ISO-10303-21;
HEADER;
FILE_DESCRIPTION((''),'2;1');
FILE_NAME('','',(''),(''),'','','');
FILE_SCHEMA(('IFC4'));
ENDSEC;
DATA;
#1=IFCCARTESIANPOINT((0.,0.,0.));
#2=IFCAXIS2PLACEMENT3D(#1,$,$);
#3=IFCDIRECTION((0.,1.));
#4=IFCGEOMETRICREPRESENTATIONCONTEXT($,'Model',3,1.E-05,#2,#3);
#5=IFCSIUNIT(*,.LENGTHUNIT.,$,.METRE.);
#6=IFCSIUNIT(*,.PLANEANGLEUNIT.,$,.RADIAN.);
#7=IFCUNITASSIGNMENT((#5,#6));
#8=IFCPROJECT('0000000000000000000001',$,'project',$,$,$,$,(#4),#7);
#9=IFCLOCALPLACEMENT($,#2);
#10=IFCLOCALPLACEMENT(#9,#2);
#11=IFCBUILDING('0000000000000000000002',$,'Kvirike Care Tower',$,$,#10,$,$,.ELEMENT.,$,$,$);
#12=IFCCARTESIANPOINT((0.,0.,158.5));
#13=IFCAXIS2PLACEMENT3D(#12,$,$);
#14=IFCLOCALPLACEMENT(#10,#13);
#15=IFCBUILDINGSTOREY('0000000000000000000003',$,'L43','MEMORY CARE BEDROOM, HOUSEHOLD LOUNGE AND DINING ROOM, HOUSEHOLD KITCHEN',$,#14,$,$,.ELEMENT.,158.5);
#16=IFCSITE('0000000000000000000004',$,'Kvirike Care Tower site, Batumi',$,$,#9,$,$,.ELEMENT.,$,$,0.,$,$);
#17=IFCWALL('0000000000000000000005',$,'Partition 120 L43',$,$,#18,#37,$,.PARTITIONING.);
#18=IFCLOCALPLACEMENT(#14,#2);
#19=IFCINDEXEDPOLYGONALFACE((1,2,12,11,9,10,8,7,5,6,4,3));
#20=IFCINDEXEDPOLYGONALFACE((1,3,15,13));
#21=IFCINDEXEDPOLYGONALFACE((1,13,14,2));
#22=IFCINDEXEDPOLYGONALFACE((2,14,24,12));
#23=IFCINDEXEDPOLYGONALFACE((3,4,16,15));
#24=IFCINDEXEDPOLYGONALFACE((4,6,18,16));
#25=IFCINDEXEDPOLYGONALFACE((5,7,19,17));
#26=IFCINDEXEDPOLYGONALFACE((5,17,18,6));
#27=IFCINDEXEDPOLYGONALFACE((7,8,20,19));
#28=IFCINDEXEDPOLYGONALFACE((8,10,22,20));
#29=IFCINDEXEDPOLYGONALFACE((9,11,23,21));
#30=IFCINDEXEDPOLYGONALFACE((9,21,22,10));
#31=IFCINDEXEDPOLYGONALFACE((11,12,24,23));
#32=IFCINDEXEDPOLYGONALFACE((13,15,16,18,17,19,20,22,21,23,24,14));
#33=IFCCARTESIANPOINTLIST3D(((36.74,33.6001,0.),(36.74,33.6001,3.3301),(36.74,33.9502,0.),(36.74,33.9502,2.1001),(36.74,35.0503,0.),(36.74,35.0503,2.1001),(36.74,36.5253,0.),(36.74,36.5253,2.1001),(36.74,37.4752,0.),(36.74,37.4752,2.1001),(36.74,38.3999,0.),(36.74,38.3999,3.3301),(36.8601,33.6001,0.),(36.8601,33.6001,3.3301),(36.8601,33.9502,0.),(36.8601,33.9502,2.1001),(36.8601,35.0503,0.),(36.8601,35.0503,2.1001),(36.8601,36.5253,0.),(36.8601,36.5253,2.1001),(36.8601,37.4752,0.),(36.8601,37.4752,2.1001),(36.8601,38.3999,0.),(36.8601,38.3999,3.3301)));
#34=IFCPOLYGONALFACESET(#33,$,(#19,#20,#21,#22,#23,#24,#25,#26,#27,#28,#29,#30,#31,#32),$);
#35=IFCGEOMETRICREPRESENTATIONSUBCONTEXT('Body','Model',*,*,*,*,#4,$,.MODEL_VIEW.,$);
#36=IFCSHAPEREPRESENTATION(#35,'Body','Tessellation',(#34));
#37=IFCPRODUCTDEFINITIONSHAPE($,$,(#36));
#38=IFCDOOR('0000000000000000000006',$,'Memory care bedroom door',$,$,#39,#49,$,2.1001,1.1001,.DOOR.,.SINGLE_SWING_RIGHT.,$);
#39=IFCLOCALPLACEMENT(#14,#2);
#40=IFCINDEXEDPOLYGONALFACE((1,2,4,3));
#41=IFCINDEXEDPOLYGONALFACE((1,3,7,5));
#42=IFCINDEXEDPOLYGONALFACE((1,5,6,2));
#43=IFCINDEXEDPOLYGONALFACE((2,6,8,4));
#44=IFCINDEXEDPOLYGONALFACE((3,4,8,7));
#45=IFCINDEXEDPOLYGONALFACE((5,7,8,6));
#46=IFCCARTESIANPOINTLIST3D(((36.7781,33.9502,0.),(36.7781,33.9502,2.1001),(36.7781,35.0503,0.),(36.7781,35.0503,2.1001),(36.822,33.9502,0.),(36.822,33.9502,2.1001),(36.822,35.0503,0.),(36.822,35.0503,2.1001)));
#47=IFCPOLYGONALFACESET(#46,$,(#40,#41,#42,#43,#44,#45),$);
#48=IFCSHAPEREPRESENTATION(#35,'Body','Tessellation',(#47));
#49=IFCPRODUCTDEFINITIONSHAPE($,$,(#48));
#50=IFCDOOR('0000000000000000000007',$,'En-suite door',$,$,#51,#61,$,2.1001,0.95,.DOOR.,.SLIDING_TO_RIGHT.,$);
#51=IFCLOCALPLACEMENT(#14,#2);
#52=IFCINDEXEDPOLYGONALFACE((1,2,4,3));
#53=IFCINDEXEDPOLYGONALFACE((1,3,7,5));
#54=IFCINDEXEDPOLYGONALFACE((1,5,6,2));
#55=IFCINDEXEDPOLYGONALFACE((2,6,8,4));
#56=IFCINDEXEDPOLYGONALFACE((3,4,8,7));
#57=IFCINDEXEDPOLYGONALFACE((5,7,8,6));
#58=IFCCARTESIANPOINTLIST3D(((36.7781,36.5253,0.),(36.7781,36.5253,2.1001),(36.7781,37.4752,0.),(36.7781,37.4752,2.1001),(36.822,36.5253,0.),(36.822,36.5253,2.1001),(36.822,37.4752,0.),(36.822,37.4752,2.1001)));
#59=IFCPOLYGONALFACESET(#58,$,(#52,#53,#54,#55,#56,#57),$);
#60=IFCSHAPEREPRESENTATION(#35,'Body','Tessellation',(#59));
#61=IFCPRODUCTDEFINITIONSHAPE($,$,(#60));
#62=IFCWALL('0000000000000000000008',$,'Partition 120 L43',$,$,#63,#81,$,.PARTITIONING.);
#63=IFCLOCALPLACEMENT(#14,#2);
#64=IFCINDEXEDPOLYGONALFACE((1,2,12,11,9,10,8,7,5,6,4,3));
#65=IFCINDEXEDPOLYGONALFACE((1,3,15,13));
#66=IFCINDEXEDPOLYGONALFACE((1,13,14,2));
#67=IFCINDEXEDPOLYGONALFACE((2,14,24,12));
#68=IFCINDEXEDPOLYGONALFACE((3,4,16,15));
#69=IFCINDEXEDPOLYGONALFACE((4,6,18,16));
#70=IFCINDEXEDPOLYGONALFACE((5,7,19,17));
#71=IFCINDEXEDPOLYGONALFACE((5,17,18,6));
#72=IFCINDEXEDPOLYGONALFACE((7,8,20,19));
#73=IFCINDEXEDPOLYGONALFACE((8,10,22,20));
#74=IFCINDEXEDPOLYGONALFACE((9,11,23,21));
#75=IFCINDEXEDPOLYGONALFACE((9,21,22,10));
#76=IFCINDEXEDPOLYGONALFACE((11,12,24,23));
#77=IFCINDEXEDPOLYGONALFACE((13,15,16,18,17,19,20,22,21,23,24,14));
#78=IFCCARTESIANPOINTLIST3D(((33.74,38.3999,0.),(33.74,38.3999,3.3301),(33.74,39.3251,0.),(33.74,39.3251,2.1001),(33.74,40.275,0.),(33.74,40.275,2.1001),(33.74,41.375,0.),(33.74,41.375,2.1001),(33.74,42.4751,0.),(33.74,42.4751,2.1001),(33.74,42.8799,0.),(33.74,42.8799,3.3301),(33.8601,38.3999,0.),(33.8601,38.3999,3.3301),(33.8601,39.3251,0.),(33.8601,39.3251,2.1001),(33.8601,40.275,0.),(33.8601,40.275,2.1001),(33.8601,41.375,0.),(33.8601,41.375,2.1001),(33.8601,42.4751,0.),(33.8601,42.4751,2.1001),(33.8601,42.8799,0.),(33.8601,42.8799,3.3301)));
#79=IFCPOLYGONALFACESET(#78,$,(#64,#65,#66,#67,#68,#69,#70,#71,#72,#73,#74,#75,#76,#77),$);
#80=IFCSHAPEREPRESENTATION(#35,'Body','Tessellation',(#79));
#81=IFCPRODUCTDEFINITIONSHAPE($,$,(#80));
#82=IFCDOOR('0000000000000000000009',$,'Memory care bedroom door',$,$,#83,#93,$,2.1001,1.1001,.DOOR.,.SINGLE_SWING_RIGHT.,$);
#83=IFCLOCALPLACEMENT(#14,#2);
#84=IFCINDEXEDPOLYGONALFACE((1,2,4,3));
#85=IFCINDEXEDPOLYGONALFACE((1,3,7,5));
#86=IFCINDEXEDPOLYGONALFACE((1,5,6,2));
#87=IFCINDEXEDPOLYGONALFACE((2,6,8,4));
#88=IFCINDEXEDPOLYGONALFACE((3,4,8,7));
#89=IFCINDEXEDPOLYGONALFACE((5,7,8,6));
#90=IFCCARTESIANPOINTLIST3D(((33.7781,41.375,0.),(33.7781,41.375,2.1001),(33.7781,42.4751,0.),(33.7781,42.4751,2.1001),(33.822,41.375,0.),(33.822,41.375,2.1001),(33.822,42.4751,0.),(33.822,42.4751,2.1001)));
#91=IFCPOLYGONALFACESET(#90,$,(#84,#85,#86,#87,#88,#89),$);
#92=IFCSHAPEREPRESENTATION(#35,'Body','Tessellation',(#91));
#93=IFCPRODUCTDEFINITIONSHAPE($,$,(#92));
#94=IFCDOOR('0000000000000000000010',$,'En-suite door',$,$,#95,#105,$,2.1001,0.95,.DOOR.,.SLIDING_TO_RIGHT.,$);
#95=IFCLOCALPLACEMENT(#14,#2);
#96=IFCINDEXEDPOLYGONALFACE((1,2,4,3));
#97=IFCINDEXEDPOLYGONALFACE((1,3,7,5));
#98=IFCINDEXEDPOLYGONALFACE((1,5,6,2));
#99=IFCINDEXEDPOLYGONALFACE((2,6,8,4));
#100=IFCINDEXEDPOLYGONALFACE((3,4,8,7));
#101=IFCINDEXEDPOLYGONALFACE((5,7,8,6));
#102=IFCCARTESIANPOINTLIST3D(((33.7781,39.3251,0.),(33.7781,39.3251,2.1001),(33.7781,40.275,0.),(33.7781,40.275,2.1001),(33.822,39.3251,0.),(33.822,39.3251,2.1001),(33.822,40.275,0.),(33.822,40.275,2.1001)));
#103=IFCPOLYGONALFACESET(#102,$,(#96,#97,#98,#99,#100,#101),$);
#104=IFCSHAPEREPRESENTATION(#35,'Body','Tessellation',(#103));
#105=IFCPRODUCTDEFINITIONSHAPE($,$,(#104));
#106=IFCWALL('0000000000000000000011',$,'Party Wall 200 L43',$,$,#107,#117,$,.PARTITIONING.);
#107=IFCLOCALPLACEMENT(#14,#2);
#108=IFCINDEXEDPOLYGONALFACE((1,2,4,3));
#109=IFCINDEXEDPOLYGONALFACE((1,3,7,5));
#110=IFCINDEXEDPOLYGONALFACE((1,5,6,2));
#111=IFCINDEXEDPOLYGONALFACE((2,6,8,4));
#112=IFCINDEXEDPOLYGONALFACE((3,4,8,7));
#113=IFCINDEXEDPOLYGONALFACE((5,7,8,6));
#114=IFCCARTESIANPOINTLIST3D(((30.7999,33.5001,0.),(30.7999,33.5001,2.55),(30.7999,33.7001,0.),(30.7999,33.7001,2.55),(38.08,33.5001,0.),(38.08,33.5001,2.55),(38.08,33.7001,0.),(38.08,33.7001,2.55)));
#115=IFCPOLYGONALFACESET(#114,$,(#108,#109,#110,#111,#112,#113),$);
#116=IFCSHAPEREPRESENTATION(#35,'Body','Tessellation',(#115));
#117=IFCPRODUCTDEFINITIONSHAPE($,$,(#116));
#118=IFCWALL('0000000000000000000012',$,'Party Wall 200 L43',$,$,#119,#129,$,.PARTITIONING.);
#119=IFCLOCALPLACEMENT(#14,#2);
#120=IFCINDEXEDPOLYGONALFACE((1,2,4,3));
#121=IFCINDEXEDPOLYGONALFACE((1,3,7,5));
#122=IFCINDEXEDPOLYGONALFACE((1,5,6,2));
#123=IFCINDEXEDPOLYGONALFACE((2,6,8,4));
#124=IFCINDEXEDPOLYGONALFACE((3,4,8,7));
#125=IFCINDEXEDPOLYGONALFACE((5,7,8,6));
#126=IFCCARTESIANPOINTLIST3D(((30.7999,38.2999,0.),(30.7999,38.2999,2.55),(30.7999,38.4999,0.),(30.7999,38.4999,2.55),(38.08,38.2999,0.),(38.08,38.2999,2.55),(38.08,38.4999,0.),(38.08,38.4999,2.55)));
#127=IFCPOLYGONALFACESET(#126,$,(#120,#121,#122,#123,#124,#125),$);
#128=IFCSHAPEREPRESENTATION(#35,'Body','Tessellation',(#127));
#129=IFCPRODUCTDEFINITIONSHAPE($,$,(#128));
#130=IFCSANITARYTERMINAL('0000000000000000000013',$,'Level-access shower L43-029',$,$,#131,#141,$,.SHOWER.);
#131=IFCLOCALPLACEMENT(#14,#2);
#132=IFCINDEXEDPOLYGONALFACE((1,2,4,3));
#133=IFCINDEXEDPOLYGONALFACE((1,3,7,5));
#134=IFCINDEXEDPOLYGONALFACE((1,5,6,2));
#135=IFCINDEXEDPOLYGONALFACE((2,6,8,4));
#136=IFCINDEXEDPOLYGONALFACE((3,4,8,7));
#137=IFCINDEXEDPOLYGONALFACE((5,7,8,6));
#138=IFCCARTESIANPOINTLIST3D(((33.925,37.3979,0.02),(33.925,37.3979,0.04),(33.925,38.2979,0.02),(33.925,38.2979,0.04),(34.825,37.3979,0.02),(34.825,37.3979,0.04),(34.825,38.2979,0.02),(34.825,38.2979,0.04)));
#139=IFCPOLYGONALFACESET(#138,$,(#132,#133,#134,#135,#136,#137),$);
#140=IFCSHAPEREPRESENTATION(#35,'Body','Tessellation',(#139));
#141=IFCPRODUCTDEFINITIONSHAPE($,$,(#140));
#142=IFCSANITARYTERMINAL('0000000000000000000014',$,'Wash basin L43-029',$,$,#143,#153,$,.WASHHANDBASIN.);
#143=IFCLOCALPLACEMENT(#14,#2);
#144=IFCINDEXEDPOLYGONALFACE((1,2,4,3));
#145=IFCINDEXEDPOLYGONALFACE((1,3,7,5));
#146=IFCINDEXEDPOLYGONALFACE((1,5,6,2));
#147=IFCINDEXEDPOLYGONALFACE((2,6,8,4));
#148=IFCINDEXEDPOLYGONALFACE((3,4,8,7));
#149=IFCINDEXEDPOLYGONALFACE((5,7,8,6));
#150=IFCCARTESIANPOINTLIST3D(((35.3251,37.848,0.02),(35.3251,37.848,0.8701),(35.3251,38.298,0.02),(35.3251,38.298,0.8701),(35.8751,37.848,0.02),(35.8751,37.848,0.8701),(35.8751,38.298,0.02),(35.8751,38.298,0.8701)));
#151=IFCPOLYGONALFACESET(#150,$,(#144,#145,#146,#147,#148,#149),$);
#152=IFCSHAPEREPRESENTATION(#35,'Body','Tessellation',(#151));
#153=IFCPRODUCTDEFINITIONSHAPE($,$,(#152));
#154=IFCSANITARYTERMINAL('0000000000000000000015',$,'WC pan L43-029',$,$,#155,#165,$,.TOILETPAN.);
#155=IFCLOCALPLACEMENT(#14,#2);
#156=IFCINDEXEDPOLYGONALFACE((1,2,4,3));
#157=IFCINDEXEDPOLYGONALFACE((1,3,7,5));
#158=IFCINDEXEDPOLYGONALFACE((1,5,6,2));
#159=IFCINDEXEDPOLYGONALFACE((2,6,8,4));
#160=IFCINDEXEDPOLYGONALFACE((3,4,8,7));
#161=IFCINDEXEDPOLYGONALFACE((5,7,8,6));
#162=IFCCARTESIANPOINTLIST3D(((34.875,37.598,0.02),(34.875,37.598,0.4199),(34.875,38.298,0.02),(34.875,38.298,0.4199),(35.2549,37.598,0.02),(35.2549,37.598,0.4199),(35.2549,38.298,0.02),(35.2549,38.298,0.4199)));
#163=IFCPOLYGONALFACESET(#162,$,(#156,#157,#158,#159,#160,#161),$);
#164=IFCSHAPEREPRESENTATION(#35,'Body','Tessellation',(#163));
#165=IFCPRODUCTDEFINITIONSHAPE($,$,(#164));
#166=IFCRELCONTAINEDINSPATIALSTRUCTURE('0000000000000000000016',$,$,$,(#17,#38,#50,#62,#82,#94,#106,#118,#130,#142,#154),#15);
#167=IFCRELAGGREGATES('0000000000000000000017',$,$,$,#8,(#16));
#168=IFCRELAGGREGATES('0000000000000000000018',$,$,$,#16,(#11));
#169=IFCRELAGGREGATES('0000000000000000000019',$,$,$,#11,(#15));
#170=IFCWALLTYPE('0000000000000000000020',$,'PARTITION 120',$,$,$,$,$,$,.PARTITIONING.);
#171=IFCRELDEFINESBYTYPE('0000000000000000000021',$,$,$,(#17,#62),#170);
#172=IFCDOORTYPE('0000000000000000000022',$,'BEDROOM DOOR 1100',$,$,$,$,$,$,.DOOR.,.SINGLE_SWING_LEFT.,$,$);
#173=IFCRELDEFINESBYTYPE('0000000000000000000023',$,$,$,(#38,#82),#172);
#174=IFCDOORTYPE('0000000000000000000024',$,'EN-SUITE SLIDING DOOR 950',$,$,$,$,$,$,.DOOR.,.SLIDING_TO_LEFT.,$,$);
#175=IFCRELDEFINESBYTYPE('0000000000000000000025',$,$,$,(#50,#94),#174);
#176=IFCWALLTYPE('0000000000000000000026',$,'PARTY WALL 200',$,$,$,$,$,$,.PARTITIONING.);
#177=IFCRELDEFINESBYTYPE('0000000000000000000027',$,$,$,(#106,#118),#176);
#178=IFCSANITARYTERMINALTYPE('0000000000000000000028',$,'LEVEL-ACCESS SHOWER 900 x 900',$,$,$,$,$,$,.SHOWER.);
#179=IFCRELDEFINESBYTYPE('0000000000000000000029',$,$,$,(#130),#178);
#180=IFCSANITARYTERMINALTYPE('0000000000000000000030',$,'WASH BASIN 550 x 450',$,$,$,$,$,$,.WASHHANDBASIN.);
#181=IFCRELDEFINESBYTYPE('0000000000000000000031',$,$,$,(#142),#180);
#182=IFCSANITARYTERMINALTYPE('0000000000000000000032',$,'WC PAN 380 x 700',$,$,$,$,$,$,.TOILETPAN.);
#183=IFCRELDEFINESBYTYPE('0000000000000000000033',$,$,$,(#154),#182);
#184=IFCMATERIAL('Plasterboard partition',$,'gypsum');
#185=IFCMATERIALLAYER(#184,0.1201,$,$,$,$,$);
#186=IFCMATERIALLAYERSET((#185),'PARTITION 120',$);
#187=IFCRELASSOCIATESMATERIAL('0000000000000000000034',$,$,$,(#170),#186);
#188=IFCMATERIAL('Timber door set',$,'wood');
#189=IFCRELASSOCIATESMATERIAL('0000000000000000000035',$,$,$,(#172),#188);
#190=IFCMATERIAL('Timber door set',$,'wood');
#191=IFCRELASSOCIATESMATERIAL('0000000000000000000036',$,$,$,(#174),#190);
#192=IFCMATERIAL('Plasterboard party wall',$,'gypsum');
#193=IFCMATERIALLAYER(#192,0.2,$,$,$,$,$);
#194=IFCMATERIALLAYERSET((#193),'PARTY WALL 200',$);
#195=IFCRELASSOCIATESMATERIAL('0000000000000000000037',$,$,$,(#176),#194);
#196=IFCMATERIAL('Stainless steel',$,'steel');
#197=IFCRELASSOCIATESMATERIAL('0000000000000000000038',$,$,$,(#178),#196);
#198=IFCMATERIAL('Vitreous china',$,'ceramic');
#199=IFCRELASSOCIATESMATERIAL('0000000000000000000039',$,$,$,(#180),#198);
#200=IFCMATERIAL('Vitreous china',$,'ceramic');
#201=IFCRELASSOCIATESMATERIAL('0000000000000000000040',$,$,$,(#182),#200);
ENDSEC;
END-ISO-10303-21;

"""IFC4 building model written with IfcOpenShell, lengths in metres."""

from ifc_helpers import new_model, si_unit, direction, frame, frame_2d, origin, origin_2d, place, context, subcontext, project, spatial, rectangle, extrude, material, layer, layer_set, type_object, element, fill, save


model = new_model("IFC4")

# Units and contexts
model_context = context("Model", 3, precision=1e-05, world=origin(), true_north=direction((0.0, 1.0)))
body_context = subcontext(model_context, "Body", "Model", "MODEL_VIEW")
ifc_project = project(units=[si_unit("LENGTHUNIT", "METRE"), si_unit("PLANEANGLEUNIT", "RADIAN")], contexts=[model_context])

# Site, building, storey
site_placement = place(None, origin())
site = spatial("IfcSite", under=ifc_project, at=site_placement, Name="Kvirike Care Tower site, Batumi", CompositionType="ELEMENT", RefElevation=0.0)
building_placement = place(site_placement, origin())
building = spatial("IfcBuilding", under=site, at=building_placement, Name="Kvirike Care Tower", CompositionType="ELEMENT")
storey_placement = place(building_placement, frame((0.0, 0.0, 158.5)))
storey = spatial("IfcBuildingStorey", under=building, at=storey_placement, Name="L43", Description="MEMORY CARE BEDROOM, HOUSEHOLD LOUNGE AND DINING ROOM, HOUSEHOLD KITCHEN", CompositionType="ELEMENT", Elevation=158.5)

# Walls, openings, doors
ifc_material_1 = material(Name="Plasterboard partition", Category="gypsum")
ifc_layer_1 = layer(ifc_material_1, 0.1201)
ifc_layer_set_1 = layer_set([ifc_layer_1], Name="PARTITION 120")
wall_type_1 = type_object("IfcWallType", Name="PARTITION 120", PredefinedType="PARTITIONING", material=ifc_layer_set_1)
wall_1_placement = place(storey_placement, frame((36.8, 33.6001, 0.0), z_axis=(0.0, 0.0, 1.0), x_axis=(0.0, 1.0, 0.0)))
wall_1 = element("IfcWall", 1, at=wall_1_placement, inside=storey, type_object=wall_type_1, Name="Partition 120 L43", PredefinedType="PARTITIONING", context=body_context, shape_type="SweptSolid", body=[
    extrude(rectangle(XDim=4.7998, YDim=0.1201, at=frame_2d((2.3999, 0.0))), origin(), (0.0, 0.0, 1.0), 3.3301),
])
opening_1_placement = place(wall_1_placement, frame((0.3501, 0.0, 0.0)))
opening_1 = element("IfcOpeningElement", 2, at=opening_1_placement, cuts=wall_1, PredefinedType="OPENING", context=body_context, shape_type="SweptSolid", body=[
    extrude(rectangle(XDim=1.1001, YDim=2.1001, at=frame_2d((0.55, 1.05))), frame((0.0, 0.0706, 0.0), z_axis=(0.0, -1.0, 0.0), x_axis=(1.0, 0.0, 0.0)), (0.0, 0.0, 1.0), 0.1411),
])
opening_2_placement = place(wall_1_placement, frame((2.925, 0.0, 0.0)))
opening_2 = element("IfcOpeningElement", 3, at=opening_2_placement, cuts=wall_1, PredefinedType="OPENING", context=body_context, shape_type="SweptSolid", body=[
    extrude(rectangle(XDim=0.95, YDim=2.1001, at=frame_2d((0.4751, 1.05))), frame((0.0, 0.0706, 0.0), z_axis=(0.0, -1.0, 0.0), x_axis=(1.0, 0.0, 0.0)), (0.0, 0.0, 1.0), 0.1411),
])
ifc_material_2 = material(Name="Timber door set", Category="wood")
door_type_1 = type_object("IfcDoorType", Name="BEDROOM DOOR 1100", OperationType="SINGLE_SWING_LEFT", PredefinedType="DOOR", material=ifc_material_2)
door_1_placement = place(opening_1_placement, origin())
door_1 = element("IfcDoor", 4, at=door_1_placement, inside=storey, type_object=door_type_1, Name="Memory care bedroom door", OperationType="SINGLE_SWING_RIGHT", OverallHeight=2.1001, OverallWidth=1.1001, PredefinedType="DOOR", context=body_context, shape_type="SweptSolid", body=[
    extrude(rectangle(XDim=1.1001, YDim=2.1001, at=frame_2d((0.55, 1.05))), frame((0.0, 0.022, 0.0), z_axis=(0.0, -1.0, 0.0), x_axis=(1.0, 0.0, 0.0)), (0.0, 0.0, 1.0), 0.0439),
])
fill(opening_1, door_1)
ifc_material_3 = material(Name="Timber door set", Category="wood")
door_type_2 = type_object("IfcDoorType", Name="EN-SUITE SLIDING DOOR 950", OperationType="SLIDING_TO_LEFT", PredefinedType="DOOR", material=ifc_material_3)
door_2_placement = place(opening_2_placement, origin())
door_2 = element("IfcDoor", 5, at=door_2_placement, inside=storey, type_object=door_type_2, Name="En-suite door", OperationType="SLIDING_TO_RIGHT", OverallHeight=2.1001, OverallWidth=0.95, PredefinedType="DOOR", context=body_context, shape_type="SweptSolid", body=[
    extrude(rectangle(XDim=0.95, YDim=2.1001, at=frame_2d((0.4751, 1.05))), frame((0.0, 0.022, 0.0), z_axis=(0.0, -1.0, 0.0), x_axis=(1.0, 0.0, 0.0)), (0.0, 0.0, 1.0), 0.0439),
])
fill(opening_2, door_2)
wall_2_placement = place(storey_placement, frame((33.8, 38.3999, 0.0), z_axis=(0.0, 0.0, 1.0), x_axis=(0.0, 1.0, 0.0)))
wall_2 = element("IfcWall", 6, at=wall_2_placement, inside=storey, type_object=wall_type_1, Name="Partition 120 L43", PredefinedType="PARTITIONING", context=body_context, shape_type="SweptSolid", body=[
    extrude(rectangle(XDim=4.48, YDim=0.1201, at=frame_2d((2.24, 0.0))), origin(), (0.0, 0.0, 1.0), 3.3301),
])
opening_3_placement = place(wall_2_placement, frame((2.9751, 0.0, 0.0)))
opening_3 = element("IfcOpeningElement", 7, at=opening_3_placement, cuts=wall_2, PredefinedType="OPENING", context=body_context, shape_type="SweptSolid", body=[
    extrude(rectangle(XDim=1.1001, YDim=2.1001, at=frame_2d((0.55, 1.05))), frame((0.0, 0.0706, 0.0), z_axis=(0.0, -1.0, 0.0), x_axis=(1.0, 0.0, 0.0)), (0.0, 0.0, 1.0), 0.1411),
])
opening_4_placement = place(wall_2_placement, frame((0.925, 0.0, 0.0)))
opening_4 = element("IfcOpeningElement", 8, at=opening_4_placement, cuts=wall_2, PredefinedType="OPENING", context=body_context, shape_type="SweptSolid", body=[
    extrude(rectangle(XDim=0.95, YDim=2.1001, at=frame_2d((0.4751, 1.05))), frame((0.0, 0.0706, 0.0), z_axis=(0.0, -1.0, 0.0), x_axis=(1.0, 0.0, 0.0)), (0.0, 0.0, 1.0), 0.1411),
])
door_3_placement = place(opening_3_placement, origin())
door_3 = element("IfcDoor", 9, at=door_3_placement, inside=storey, type_object=door_type_1, Name="Memory care bedroom door", OperationType="SINGLE_SWING_RIGHT", OverallHeight=2.1001, OverallWidth=1.1001, PredefinedType="DOOR", context=body_context, shape_type="SweptSolid", body=[
    extrude(rectangle(XDim=1.1001, YDim=2.1001, at=frame_2d((0.55, 1.05))), frame((0.0, 0.022, 0.0), z_axis=(0.0, -1.0, 0.0), x_axis=(1.0, 0.0, 0.0)), (0.0, 0.0, 1.0), 0.0439),
])
fill(opening_3, door_3)
door_4_placement = place(opening_4_placement, origin())
door_4 = element("IfcDoor", 10, at=door_4_placement, inside=storey, type_object=door_type_2, Name="En-suite door", OperationType="SLIDING_TO_RIGHT", OverallHeight=2.1001, OverallWidth=0.95, PredefinedType="DOOR", context=body_context, shape_type="SweptSolid", body=[
    extrude(rectangle(XDim=0.95, YDim=2.1001, at=frame_2d((0.4751, 1.05))), frame((0.0, 0.022, 0.0), z_axis=(0.0, -1.0, 0.0), x_axis=(1.0, 0.0, 0.0)), (0.0, 0.0, 1.0), 0.0439),
])
fill(opening_4, door_4)

# Walls
ifc_material_4 = material(Name="Plasterboard party wall", Category="gypsum")
ifc_layer_2 = layer(ifc_material_4, 0.2)
ifc_layer_set_2 = layer_set([ifc_layer_2], Name="PARTY WALL 200")
wall_type_2 = type_object("IfcWallType", Name="PARTY WALL 200", PredefinedType="PARTITIONING", material=ifc_layer_set_2)
for number, where, z_axis, x_axis, name in (
    (11, (38.0801, 33.6001, 0.0), (0.0, 0.0, 1.0), (-1.0, 0.0, 0.0), "Party Wall 200 L43"),
    (12, (38.0801, 38.3999, 0.0), (0.0, 0.0, 1.0), (-1.0, 0.0, 0.0), "Party Wall 200 L43"),
):
    element("IfcWall", number, at=place(storey_placement, frame(where, z_axis=z_axis, x_axis=x_axis)), inside=storey, type_object=wall_type_2, Name=name, PredefinedType="PARTITIONING", context=body_context, shape_type="SweptSolid", body=[
        extrude(rectangle(XDim=7.28, YDim=0.2, at=frame_2d((3.6401, 0.0))), origin(), (0.0, 0.0, 1.0), 2.55),
    ])

# Sanitary terminals
ifc_material_5 = material(Name="Stainless steel", Category="steel")
sanitary_terminal_type_1 = type_object("IfcSanitaryTerminalType", Name="LEVEL-ACCESS SHOWER 900 x 900", PredefinedType="SHOWER", material=ifc_material_5)
sanitary_terminal_1_placement = place(storey_placement, frame((34.375, 37.8479, 0.02), z_axis=(0.0, 0.0, 1.0), x_axis=(1.0, 0.0, 0.0)))
element("IfcSanitaryTerminal", 13, at=sanitary_terminal_1_placement, inside=storey, type_object=sanitary_terminal_type_1, Name="Level-access shower L43-029", PredefinedType="SHOWER", context=body_context, shape_type="SweptSolid", body=[
    extrude(rectangle(XDim=0.8999, YDim=0.8999, at=origin_2d()), origin(), (0.0, 0.0, 1.0), 0.02),
])
ifc_material_6 = material(Name="Vitreous china", Category="ceramic")
sanitary_terminal_type_2 = type_object("IfcSanitaryTerminalType", Name="WASH BASIN 550 x 450", PredefinedType="WASHHANDBASIN", material=ifc_material_6)
sanitary_terminal_2_placement = place(storey_placement, frame((35.6001, 38.073, 0.02), z_axis=(0.0, 0.0, 1.0), x_axis=(1.0, 0.0, 0.0)))
element("IfcSanitaryTerminal", 14, at=sanitary_terminal_2_placement, inside=storey, type_object=sanitary_terminal_type_2, Name="Wash basin L43-029", PredefinedType="WASHHANDBASIN", context=body_context, shape_type="SweptSolid", body=[
    extrude(rectangle(XDim=0.55, YDim=0.45, at=origin_2d()), origin(), (0.0, 0.0, 1.0), 0.8501),
])
ifc_material_7 = material(Name="Vitreous china", Category="ceramic")
sanitary_terminal_type_3 = type_object("IfcSanitaryTerminalType", Name="WC PAN 380 x 700", PredefinedType="TOILETPAN", material=ifc_material_7)
sanitary_terminal_3_placement = place(storey_placement, frame((35.0649, 37.948, 0.02), z_axis=(0.0, 0.0, 1.0), x_axis=(1.0, 0.0, 0.0)))
element("IfcSanitaryTerminal", 15, at=sanitary_terminal_3_placement, inside=storey, type_object=sanitary_terminal_type_3, Name="WC pan L43-029", PredefinedType="TOILETPAN", context=body_context, shape_type="SweptSolid", body=[
    extrude(rectangle(XDim=0.3799, YDim=0.7, at=origin_2d()), origin(), (0.0, 0.0, 1.0), 0.3999),
])

save(model, "model.ifc")
